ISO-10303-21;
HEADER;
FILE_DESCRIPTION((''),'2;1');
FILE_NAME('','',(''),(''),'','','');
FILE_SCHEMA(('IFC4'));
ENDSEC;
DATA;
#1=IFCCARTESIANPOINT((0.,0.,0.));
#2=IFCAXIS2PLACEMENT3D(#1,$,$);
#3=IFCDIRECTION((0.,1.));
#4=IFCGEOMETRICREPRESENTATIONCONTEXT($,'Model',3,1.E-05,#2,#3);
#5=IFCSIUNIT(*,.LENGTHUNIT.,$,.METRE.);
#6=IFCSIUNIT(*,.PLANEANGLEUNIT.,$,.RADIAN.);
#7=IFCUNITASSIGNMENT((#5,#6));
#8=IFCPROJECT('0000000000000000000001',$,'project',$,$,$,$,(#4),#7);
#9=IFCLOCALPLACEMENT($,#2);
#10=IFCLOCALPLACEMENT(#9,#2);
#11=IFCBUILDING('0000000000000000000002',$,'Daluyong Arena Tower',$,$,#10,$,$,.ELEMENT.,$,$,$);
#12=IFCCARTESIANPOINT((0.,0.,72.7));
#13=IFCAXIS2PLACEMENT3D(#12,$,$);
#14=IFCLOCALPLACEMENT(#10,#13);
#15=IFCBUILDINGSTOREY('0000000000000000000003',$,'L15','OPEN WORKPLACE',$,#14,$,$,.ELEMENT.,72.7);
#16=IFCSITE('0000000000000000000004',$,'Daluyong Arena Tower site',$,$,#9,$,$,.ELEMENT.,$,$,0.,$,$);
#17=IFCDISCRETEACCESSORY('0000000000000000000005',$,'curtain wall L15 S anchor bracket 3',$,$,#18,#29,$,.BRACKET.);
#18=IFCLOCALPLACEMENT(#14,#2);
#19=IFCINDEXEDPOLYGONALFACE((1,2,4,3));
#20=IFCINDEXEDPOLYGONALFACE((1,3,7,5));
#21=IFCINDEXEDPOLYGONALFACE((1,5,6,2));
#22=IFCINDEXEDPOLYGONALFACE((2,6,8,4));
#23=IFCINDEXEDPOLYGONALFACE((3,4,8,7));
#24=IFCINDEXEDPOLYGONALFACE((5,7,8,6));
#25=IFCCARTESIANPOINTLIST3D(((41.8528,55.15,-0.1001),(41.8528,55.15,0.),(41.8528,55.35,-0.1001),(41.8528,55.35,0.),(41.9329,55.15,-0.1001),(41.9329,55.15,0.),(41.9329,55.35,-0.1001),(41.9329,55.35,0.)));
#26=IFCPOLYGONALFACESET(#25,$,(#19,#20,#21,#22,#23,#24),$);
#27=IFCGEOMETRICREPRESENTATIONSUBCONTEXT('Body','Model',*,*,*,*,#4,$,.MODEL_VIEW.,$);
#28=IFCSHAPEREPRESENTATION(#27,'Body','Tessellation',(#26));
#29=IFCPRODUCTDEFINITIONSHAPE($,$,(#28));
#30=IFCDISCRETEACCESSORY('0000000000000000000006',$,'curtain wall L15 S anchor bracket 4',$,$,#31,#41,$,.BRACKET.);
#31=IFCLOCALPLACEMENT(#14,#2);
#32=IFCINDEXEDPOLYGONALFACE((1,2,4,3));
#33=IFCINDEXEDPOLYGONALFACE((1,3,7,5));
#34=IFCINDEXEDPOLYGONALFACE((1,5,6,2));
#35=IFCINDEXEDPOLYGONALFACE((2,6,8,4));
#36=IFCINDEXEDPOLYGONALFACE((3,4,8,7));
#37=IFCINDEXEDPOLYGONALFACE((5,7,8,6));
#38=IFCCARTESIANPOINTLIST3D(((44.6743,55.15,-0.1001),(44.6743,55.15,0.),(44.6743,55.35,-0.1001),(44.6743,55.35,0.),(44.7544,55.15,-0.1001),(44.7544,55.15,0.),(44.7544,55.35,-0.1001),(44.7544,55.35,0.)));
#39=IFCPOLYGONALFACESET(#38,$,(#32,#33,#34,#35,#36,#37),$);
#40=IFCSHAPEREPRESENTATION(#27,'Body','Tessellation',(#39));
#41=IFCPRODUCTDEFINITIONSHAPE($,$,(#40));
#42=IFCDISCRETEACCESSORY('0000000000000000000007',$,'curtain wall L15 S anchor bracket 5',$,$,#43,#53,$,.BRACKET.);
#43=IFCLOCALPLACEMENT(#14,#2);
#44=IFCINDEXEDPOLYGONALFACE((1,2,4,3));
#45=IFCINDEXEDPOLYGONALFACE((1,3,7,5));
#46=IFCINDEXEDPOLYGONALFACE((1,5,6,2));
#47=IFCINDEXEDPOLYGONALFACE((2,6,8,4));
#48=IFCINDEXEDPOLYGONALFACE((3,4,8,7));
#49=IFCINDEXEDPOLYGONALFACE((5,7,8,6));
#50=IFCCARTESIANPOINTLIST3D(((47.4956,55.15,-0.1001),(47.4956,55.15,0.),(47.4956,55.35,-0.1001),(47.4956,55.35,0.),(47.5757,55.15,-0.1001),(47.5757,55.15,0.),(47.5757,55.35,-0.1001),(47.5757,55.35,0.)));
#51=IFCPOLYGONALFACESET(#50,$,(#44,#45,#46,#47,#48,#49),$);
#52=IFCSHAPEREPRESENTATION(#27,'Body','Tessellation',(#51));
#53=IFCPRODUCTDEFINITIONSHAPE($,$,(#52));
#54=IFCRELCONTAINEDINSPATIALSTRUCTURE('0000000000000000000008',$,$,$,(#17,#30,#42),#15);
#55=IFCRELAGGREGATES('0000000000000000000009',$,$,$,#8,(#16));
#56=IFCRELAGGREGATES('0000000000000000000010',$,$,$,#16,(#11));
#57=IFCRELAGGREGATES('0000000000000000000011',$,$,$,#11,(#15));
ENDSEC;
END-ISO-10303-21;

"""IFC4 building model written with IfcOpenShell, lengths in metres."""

from ifc_helpers import new_model, si_unit, direction, frame, origin, origin_2d, place, context, subcontext, project, spatial, rectangle, extrude, element, save


model = new_model("IFC4")

# Units and contexts
model_context = context("Model", 3, precision=1e-05, world=origin(), true_north=direction((0.0, 1.0)))
body_context = subcontext(model_context, "Body", "Model", "MODEL_VIEW")
ifc_project = project(units=[si_unit("LENGTHUNIT", "METRE"), si_unit("PLANEANGLEUNIT", "RADIAN")], contexts=[model_context])

# Site, building, storey
site_placement = place(None, origin())
site = spatial("IfcSite", under=ifc_project, at=site_placement, Name="Daluyong Arena Tower site", CompositionType="ELEMENT", RefElevation=0.0)
building_placement = place(site_placement, origin())
building = spatial("IfcBuilding", under=site, at=building_placement, Name="Daluyong Arena Tower", CompositionType="ELEMENT")
storey_placement = place(building_placement, frame((0.0, 0.0, 72.7)))
storey = spatial("IfcBuildingStorey", under=building, at=storey_placement, Name="L15", Description="OPEN WORKPLACE", CompositionType="ELEMENT", Elevation=72.7)

# Discrete accessories
for number, where, z_axis, x_axis, name in (
    (1, (41.8928, 55.25, -0.1001), (0.0, 0.0, 1.0), (1.0, 0.0, 0.0), "curtain wall L15 S anchor bracket 3"),
    (2, (44.7144, 55.25, -0.1001), (0.0, 0.0, 1.0), (1.0, 0.0, 0.0), "curtain wall L15 S anchor bracket 4"),
    (3, (47.5356, 55.25, -0.1001), (0.0, 0.0, 1.0), (1.0, 0.0, 0.0), "curtain wall L15 S anchor bracket 5"),
):
    element("IfcDiscreteAccessory", number, at=place(storey_placement, frame(where, z_axis=z_axis, x_axis=x_axis)), inside=storey, Name=name, PredefinedType="BRACKET", context=body_context, shape_type="SweptSolid", body=[
        extrude(rectangle(XDim=0.0801, YDim=0.2, at=origin_2d()), origin(), (0.0, 0.0, 1.0), 0.1001),
    ])

save(model, "model.ifc")
